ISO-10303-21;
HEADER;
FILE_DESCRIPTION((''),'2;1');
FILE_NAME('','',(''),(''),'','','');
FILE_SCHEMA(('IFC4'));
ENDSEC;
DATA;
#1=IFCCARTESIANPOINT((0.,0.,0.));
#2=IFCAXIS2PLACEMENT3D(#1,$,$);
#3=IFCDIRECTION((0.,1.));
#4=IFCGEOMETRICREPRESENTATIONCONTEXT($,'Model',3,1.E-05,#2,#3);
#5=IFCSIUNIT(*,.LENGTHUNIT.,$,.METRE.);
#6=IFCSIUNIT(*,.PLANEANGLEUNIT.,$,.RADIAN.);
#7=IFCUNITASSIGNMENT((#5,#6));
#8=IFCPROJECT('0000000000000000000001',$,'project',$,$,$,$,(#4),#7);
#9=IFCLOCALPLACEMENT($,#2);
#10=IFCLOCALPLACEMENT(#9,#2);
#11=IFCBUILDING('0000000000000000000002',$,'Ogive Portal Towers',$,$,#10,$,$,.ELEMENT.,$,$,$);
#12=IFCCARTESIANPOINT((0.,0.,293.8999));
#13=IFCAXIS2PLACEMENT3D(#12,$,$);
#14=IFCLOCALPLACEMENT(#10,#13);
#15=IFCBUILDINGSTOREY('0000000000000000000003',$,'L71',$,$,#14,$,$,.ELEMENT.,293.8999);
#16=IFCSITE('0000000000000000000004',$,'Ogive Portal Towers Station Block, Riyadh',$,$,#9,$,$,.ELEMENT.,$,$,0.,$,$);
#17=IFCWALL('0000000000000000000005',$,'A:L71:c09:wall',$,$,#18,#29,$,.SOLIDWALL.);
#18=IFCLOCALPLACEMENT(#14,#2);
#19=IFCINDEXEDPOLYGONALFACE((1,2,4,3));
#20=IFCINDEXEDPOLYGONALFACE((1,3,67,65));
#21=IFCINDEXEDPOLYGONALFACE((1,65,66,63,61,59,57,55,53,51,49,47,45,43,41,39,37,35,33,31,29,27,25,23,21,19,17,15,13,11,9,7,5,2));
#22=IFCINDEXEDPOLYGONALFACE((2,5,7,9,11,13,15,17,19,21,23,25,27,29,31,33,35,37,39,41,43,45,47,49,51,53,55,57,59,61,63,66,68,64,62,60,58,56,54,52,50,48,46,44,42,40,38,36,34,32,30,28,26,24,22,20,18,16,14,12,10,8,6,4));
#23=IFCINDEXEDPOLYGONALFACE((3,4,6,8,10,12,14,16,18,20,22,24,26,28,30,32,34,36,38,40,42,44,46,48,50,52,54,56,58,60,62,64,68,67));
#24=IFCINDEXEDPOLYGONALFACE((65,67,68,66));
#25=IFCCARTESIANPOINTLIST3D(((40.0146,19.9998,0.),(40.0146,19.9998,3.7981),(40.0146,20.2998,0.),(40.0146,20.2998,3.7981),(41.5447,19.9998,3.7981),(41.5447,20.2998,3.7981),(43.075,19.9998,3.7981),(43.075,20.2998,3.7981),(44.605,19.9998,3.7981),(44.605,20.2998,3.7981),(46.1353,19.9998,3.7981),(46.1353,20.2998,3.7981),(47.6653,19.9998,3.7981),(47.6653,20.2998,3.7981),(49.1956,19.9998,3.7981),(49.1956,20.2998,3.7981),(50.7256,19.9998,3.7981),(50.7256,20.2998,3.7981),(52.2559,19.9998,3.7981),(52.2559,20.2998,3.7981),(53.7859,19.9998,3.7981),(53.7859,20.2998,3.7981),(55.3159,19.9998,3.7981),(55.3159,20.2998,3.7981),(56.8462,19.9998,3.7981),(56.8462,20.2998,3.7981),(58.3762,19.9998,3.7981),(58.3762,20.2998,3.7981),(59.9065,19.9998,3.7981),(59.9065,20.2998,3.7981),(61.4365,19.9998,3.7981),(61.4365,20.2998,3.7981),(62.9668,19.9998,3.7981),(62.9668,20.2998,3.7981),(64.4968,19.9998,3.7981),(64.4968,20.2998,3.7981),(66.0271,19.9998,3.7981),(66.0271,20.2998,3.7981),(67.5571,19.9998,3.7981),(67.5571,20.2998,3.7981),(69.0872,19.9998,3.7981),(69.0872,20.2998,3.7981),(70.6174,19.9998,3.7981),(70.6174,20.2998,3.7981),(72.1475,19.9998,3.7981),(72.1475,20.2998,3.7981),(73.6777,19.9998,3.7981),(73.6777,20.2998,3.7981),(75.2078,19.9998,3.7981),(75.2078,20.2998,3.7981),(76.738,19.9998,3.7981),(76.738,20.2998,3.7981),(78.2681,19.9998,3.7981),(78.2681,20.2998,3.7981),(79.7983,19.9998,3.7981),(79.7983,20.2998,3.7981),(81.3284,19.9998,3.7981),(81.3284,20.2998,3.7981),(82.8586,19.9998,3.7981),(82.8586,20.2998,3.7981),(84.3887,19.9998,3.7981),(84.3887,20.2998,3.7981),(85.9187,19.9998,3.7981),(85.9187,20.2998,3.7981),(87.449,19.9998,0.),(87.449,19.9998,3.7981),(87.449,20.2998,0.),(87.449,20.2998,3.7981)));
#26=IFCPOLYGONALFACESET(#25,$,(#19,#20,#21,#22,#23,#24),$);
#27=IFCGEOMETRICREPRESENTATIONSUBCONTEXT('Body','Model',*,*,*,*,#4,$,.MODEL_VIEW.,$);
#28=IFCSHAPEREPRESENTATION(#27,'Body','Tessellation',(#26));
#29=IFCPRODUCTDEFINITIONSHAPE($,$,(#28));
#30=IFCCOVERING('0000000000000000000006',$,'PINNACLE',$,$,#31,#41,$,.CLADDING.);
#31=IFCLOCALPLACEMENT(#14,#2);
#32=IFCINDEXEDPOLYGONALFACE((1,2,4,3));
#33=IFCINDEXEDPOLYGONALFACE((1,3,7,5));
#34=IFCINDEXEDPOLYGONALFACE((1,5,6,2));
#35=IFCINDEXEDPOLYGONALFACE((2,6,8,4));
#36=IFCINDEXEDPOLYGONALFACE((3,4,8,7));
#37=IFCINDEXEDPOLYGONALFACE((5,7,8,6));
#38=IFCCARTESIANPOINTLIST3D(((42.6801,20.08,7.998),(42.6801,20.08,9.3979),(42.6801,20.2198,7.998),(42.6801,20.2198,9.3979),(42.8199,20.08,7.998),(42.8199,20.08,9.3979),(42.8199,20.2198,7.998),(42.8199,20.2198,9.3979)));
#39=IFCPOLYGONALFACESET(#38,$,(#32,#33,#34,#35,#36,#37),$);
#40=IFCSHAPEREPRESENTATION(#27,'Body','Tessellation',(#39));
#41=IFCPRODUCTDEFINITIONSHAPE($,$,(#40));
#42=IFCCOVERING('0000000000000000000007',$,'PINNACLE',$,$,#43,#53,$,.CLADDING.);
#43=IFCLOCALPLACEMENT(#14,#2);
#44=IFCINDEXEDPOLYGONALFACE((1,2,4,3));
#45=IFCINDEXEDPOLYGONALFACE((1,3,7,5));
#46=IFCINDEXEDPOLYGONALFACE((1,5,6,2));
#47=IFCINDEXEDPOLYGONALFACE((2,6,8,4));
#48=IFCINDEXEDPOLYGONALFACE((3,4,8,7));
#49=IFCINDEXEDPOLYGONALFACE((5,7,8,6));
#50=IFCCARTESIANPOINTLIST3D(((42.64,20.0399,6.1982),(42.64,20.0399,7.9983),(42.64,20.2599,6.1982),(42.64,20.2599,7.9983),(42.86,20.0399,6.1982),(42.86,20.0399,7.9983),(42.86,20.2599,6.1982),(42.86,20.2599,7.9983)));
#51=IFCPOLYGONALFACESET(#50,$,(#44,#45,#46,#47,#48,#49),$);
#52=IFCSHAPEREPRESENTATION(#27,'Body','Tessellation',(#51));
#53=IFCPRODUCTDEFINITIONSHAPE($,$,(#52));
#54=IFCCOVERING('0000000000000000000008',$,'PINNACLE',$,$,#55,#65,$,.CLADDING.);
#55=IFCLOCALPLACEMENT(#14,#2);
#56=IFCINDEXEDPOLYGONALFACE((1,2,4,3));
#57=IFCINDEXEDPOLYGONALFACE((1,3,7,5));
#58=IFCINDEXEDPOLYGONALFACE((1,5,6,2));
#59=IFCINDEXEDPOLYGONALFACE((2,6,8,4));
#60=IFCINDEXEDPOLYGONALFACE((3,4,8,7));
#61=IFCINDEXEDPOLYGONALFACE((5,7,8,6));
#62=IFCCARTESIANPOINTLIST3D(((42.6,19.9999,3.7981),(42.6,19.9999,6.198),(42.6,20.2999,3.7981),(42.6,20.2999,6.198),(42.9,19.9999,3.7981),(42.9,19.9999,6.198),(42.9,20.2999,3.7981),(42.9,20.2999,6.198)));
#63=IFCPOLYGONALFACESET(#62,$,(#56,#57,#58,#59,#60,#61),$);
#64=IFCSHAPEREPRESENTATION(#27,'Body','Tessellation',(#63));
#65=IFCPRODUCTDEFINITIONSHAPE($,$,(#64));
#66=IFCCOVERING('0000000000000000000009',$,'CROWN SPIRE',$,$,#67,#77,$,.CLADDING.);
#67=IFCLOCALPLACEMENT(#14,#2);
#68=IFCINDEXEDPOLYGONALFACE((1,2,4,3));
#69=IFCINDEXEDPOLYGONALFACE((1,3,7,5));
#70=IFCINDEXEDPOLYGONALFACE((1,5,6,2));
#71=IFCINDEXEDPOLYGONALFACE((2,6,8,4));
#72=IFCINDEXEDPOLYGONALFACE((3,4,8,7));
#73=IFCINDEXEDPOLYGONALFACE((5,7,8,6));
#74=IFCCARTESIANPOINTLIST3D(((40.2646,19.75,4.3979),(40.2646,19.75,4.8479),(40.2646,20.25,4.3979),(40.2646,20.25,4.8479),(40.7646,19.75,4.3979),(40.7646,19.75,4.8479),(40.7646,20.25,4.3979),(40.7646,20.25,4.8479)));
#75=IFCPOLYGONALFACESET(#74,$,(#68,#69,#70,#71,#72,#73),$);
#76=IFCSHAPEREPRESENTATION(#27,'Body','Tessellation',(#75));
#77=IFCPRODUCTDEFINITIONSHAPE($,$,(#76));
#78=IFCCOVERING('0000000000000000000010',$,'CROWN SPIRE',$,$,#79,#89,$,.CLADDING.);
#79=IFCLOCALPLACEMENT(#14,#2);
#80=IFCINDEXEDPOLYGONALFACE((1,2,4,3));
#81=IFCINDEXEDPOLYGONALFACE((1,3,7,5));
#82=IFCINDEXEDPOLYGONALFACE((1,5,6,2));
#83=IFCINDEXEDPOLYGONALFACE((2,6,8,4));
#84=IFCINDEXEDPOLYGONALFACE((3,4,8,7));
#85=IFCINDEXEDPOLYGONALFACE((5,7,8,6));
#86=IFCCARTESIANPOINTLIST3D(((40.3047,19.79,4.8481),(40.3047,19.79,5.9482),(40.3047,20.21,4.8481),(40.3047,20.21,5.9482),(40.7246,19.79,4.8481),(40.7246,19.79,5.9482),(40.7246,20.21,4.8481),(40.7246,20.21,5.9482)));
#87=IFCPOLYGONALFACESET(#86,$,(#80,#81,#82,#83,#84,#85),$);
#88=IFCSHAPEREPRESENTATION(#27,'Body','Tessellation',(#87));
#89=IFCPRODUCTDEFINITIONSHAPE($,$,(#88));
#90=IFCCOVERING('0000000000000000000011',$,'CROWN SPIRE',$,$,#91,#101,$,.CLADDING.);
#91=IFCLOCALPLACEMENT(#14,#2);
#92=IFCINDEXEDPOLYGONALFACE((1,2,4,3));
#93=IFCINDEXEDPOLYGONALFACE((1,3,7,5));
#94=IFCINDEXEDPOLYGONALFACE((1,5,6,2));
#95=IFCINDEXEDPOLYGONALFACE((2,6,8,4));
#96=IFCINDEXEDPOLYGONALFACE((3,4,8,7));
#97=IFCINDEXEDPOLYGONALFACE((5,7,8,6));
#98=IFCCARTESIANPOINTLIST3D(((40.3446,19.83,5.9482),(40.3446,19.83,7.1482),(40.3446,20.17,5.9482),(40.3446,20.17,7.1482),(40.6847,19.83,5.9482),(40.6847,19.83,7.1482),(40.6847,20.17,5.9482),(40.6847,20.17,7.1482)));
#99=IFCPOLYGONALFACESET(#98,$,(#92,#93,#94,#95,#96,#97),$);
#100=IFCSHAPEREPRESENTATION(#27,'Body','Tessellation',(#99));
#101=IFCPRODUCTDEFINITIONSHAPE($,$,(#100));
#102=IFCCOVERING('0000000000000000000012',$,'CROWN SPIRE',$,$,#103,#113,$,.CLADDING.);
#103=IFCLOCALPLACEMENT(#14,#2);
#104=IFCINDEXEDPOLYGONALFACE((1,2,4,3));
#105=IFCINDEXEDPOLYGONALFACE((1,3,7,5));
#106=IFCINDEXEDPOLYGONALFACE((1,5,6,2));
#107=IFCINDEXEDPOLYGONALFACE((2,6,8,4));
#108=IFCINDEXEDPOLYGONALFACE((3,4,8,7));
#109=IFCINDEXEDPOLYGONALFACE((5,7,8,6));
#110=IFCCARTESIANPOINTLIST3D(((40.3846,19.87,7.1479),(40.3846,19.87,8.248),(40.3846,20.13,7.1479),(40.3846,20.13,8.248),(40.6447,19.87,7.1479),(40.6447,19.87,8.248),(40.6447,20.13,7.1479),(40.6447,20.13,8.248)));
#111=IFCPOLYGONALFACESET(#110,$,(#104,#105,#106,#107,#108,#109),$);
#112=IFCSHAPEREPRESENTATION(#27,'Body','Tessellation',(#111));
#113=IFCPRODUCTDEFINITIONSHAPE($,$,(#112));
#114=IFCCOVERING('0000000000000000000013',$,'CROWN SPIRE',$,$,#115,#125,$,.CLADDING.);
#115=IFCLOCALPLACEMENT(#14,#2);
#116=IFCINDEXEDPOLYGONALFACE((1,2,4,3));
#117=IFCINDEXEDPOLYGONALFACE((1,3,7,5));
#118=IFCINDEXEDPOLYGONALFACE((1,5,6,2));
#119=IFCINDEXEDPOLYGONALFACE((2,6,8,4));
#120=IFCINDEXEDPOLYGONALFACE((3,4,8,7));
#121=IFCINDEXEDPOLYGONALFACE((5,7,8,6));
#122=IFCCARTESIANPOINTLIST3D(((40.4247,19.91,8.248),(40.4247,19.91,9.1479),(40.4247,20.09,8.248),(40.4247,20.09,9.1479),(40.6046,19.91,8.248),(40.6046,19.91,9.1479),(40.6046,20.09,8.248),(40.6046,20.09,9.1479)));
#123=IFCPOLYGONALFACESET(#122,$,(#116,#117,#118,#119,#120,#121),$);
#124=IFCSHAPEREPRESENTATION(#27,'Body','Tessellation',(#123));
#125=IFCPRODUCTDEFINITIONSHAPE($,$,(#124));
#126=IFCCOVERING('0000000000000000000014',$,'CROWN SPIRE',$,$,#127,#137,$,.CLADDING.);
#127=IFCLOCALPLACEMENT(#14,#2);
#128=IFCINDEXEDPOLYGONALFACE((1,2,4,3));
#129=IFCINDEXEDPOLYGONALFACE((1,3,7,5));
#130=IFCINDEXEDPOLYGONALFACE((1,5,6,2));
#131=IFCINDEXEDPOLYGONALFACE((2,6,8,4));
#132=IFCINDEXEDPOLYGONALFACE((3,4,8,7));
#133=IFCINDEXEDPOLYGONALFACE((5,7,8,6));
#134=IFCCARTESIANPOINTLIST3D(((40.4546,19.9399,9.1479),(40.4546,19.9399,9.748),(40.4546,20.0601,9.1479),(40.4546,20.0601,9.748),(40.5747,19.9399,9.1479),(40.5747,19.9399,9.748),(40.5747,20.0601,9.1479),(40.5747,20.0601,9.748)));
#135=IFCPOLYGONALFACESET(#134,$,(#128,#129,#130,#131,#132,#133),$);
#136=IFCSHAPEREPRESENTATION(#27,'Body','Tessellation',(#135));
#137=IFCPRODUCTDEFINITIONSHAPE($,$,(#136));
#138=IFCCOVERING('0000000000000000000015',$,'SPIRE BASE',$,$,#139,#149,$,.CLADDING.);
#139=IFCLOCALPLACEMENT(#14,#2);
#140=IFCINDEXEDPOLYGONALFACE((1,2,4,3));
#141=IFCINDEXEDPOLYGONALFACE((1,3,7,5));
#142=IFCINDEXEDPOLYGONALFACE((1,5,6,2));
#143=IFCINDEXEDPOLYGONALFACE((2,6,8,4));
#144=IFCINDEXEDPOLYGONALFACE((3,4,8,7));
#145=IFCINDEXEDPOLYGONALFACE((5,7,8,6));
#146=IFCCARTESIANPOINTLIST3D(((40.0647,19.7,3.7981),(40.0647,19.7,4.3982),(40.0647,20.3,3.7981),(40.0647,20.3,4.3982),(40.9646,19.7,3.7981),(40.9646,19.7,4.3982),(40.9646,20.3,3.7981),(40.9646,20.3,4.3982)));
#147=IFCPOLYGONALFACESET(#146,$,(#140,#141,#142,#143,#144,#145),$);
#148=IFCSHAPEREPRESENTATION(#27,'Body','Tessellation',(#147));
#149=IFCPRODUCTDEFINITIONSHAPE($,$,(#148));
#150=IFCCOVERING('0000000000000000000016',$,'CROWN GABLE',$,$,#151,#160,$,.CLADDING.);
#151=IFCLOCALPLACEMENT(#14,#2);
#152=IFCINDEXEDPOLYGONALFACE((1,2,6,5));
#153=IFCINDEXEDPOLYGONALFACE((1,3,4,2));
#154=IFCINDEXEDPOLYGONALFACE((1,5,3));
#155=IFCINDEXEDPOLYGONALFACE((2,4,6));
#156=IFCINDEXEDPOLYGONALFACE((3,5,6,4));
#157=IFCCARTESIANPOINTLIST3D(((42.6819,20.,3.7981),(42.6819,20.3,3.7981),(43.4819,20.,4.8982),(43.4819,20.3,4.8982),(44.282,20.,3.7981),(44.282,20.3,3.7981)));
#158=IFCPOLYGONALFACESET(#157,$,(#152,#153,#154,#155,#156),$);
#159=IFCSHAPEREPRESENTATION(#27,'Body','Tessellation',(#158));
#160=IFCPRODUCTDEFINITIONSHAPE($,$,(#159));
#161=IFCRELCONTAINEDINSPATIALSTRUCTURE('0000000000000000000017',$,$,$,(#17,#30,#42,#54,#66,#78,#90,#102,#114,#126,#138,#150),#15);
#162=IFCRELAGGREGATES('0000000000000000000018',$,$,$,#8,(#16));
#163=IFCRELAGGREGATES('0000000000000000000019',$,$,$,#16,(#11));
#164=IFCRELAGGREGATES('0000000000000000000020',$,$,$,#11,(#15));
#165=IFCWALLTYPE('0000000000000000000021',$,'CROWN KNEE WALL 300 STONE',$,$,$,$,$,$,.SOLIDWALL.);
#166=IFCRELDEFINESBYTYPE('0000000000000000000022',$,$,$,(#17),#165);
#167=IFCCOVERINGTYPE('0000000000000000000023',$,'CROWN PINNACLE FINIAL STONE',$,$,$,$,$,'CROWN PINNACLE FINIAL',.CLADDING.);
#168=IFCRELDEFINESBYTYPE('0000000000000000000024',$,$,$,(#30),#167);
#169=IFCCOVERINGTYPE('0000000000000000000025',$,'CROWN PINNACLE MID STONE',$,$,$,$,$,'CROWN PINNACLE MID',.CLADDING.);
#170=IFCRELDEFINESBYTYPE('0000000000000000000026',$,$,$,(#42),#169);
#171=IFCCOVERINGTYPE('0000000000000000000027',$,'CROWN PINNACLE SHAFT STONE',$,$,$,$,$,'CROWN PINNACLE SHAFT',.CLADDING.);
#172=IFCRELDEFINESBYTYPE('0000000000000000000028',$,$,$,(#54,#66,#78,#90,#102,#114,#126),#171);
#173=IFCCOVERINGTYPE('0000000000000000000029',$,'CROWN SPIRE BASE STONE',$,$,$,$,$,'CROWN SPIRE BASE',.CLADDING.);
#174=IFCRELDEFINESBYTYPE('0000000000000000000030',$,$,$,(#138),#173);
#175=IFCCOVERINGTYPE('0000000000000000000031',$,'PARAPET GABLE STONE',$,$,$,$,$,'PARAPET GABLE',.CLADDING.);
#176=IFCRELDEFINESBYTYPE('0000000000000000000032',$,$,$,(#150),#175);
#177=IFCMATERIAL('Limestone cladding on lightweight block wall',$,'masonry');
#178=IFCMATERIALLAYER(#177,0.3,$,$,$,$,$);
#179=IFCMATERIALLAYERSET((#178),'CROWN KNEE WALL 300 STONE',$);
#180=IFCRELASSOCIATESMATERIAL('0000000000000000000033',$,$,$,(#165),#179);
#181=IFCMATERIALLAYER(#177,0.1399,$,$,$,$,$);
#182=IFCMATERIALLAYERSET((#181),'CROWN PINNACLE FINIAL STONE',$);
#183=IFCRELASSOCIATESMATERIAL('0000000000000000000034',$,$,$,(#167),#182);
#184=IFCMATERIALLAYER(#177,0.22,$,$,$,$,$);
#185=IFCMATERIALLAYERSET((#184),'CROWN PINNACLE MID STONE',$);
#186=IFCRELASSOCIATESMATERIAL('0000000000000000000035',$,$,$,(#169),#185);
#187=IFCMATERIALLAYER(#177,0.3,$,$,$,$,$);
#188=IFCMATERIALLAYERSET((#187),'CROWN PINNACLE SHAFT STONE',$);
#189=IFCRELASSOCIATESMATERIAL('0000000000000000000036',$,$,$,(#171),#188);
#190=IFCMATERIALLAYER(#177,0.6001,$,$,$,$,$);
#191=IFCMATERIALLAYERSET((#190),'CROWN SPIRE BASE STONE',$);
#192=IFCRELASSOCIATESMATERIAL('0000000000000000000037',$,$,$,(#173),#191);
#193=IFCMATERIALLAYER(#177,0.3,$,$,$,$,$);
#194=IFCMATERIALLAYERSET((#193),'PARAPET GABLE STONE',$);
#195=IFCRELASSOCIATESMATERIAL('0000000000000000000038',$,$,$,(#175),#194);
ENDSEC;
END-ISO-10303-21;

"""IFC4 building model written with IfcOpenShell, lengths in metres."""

from ifc_helpers import new_model, si_unit, direction, frame, origin, origin_2d, place, context, subcontext, project, spatial, polyline, rectangle, outline, extrude, material, layer, layer_set, type_object, element, save


model = new_model("IFC4")

# Units and contexts
model_context = context("Model", 3, precision=1e-05, world=origin(), true_north=direction((0.0, 1.0)))
body_context = subcontext(model_context, "Body", "Model", "MODEL_VIEW")
ifc_project = project(units=[si_unit("LENGTHUNIT", "METRE"), si_unit("PLANEANGLEUNIT", "RADIAN")], contexts=[model_context])

# Site, building, storey
site_placement = place(None, origin())
site = spatial("IfcSite", under=ifc_project, at=site_placement, Name="Ogive Portal Towers Station Block, Riyadh", CompositionType="ELEMENT", RefElevation=0.0)
building_placement = place(site_placement, origin())
building = spatial("IfcBuilding", under=site, at=building_placement, Name="Ogive Portal Towers", CompositionType="ELEMENT")
storey_placement = place(building_placement, frame((0.0, 0.0, 293.8999)))
storey = spatial("IfcBuildingStorey", under=building, at=storey_placement, Name="L71", CompositionType="ELEMENT", Elevation=293.8999)

# Wall
ifc_material_1 = material(Name="Limestone cladding on lightweight block wall", Category="masonry")
ifc_layer_1 = layer(ifc_material_1, 0.3)
ifc_layer_set_1 = layer_set([ifc_layer_1], Name="CROWN KNEE WALL 300 STONE")
wall_type_1 = type_object("IfcWallType", Name="CROWN KNEE WALL 300 STONE", PredefinedType="SOLIDWALL", material=ifc_layer_set_1)
wall_1_placement = place(storey_placement, frame((40.0146, 20.1499, 0.0), z_axis=(0.0, 0.0, 1.0), x_axis=(1.0, 0.0, 0.0)))
element("IfcWall", 1, at=wall_1_placement, inside=storey, type_object=wall_type_1, Name="A:L71:c09:wall", PredefinedType="SOLIDWALL", context=body_context, shape_type="SweptSolid", body=[
    extrude(outline(polyline([(0.0, 0.0), (47.4343, 0.0), (47.4343, 3.7981), (45.9041, 3.7981), (44.374, 3.7981), (42.844, 3.7981), (41.3137, 3.7981), (39.7837, 3.7981), (38.2534, 3.7981), (36.7234, 3.7981), (35.1931, 3.7981), (33.6631, 3.7981), (32.1328, 3.7981), (30.6028, 3.7981), (29.0725, 3.7981), (27.5425, 3.7981), (26.0125, 3.7981), (24.4822, 3.7981), (22.9521, 3.7981), (21.4219, 3.7981), (19.8918, 3.7981), (18.3616, 3.7981), (16.8315, 3.7981), (15.3013, 3.7981), (13.7712, 3.7981), (12.2412, 3.7981), (10.7109, 3.7981), (9.1809, 3.7981), (7.6506, 3.7981), (6.1206, 3.7981), (4.5903, 3.7981), (3.0603, 3.7981), (1.53, 3.7981), (0.0, 3.7981), (0.0, 0.0)])), frame((0.0, 0.1499, 0.0), z_axis=(0.0, -1.0, 0.0), x_axis=(1.0, 0.0, 0.0)), (0.0, 0.0, 1.0), 0.3),
])

# Coverings
ifc_layer_2 = layer(ifc_material_1, 0.1399)
ifc_layer_set_2 = layer_set([ifc_layer_2], Name="CROWN PINNACLE FINIAL STONE")
covering_type_1 = type_object("IfcCoveringType", Name="CROWN PINNACLE FINIAL STONE", ElementType="CROWN PINNACLE FINIAL", PredefinedType="CLADDING", material=ifc_layer_set_2)
covering_1_placement = place(storey_placement, frame((42.75, 20.1499, 7.998), z_axis=(0.0, 0.0, 1.0), x_axis=(1.0, 0.0, 0.0)))
element("IfcCovering", 2, at=covering_1_placement, inside=storey, type_object=covering_type_1, Name="PINNACLE", PredefinedType="CLADDING", context=body_context, shape_type="SweptSolid", body=[
    extrude(rectangle(XDim=0.1399, YDim=0.1399, at=origin_2d()), origin(), (0.0, 0.0, 1.0), 1.3999),
])
ifc_layer_3 = layer(ifc_material_1, 0.22)
ifc_layer_set_3 = layer_set([ifc_layer_3], Name="CROWN PINNACLE MID STONE")
covering_type_2 = type_object("IfcCoveringType", Name="CROWN PINNACLE MID STONE", ElementType="CROWN PINNACLE MID", PredefinedType="CLADDING", material=ifc_layer_set_3)
covering_2_placement = place(storey_placement, frame((42.75, 20.1499, 6.1982), z_axis=(0.0, 0.0, 1.0), x_axis=(1.0, 0.0, 0.0)))
element("IfcCovering", 3, at=covering_2_placement, inside=storey, type_object=covering_type_2, Name="PINNACLE", PredefinedType="CLADDING", context=body_context, shape_type="SweptSolid", body=[
    extrude(rectangle(XDim=0.22, YDim=0.22, at=origin_2d()), origin(), (0.0, 0.0, 1.0), 1.8),
])
ifc_layer_4 = layer(ifc_material_1, 0.3)
ifc_layer_set_4 = layer_set([ifc_layer_4], Name="CROWN PINNACLE SHAFT STONE")
covering_type_3 = type_object("IfcCoveringType", Name="CROWN PINNACLE SHAFT STONE", ElementType="CROWN PINNACLE SHAFT", PredefinedType="CLADDING", material=ifc_layer_set_4)
covering_3_placement = place(storey_placement, frame((42.75, 20.1499, 3.7981), z_axis=(0.0, 0.0, 1.0), x_axis=(1.0, 0.0, 0.0)))
element("IfcCovering", 4, at=covering_3_placement, inside=storey, type_object=covering_type_3, Name="PINNACLE", PredefinedType="CLADDING", context=body_context, shape_type="SweptSolid", body=[
    extrude(rectangle(XDim=0.3, YDim=0.3, at=origin_2d()), origin(), (0.0, 0.0, 1.0), 2.3999),
])
covering_4_placement = place(storey_placement, frame((40.5146, 20.0, 4.3979), z_axis=(0.0, 0.0, 1.0), x_axis=(1.0, 0.0, 0.0)))
element("IfcCovering", 5, at=covering_4_placement, inside=storey, type_object=covering_type_3, Name="CROWN SPIRE", PredefinedType="CLADDING", context=body_context, shape_type="SweptSolid", body=[
    extrude(rectangle(XDim=0.5, YDim=0.5, at=origin_2d()), origin(), (0.0, 0.0, 1.0), 0.45),
])
covering_5_placement = place(storey_placement, frame((40.5146, 20.0, 4.8481), z_axis=(0.0, 0.0, 1.0), x_axis=(1.0, 0.0, 0.0)))
element("IfcCovering", 6, at=covering_5_placement, inside=storey, type_object=covering_type_3, Name="CROWN SPIRE", PredefinedType="CLADDING", context=body_context, shape_type="SweptSolid", body=[
    extrude(rectangle(XDim=0.4199, YDim=0.4199, at=origin_2d()), origin(), (0.0, 0.0, 1.0), 1.1001),
])
covering_6_placement = place(storey_placement, frame((40.5146, 20.0, 5.9482), z_axis=(0.0, 0.0, 1.0), x_axis=(1.0, 0.0, 0.0)))
element("IfcCovering", 7, at=covering_6_placement, inside=storey, type_object=covering_type_3, Name="CROWN SPIRE", PredefinedType="CLADDING", context=body_context, shape_type="SweptSolid", body=[
    extrude(rectangle(XDim=0.3401, YDim=0.3401, at=origin_2d()), origin(), (0.0, 0.0, 1.0), 1.2),
])
covering_7_placement = place(storey_placement, frame((40.5146, 20.0, 7.1479), z_axis=(0.0, 0.0, 1.0), x_axis=(1.0, 0.0, 0.0)))
element("IfcCovering", 8, at=covering_7_placement, inside=storey, type_object=covering_type_3, Name="CROWN SPIRE", PredefinedType="CLADDING", context=body_context, shape_type="SweptSolid", body=[
    extrude(rectangle(XDim=0.26, YDim=0.26, at=origin_2d()), origin(), (0.0, 0.0, 1.0), 1.1001),
])
covering_8_placement = place(storey_placement, frame((40.5146, 20.0, 8.248), z_axis=(0.0, 0.0, 1.0), x_axis=(1.0, 0.0, 0.0)))
element("IfcCovering", 9, at=covering_8_placement, inside=storey, type_object=covering_type_3, Name="CROWN SPIRE", PredefinedType="CLADDING", context=body_context, shape_type="SweptSolid", body=[
    extrude(rectangle(XDim=0.1799, YDim=0.1799, at=origin_2d()), origin(), (0.0, 0.0, 1.0), 0.8999),
])
covering_9_placement = place(storey_placement, frame((40.5146, 20.0, 9.1479), z_axis=(0.0, 0.0, 1.0), x_axis=(1.0, 0.0, 0.0)))
element("IfcCovering", 10, at=covering_9_placement, inside=storey, type_object=covering_type_3, Name="CROWN SPIRE", PredefinedType="CLADDING", context=body_context, shape_type="SweptSolid", body=[
    extrude(rectangle(XDim=0.1201, YDim=0.1201, at=origin_2d()), origin(), (0.0, 0.0, 1.0), 0.6001),
])
ifc_layer_5 = layer(ifc_material_1, 0.6001)
ifc_layer_set_5 = layer_set([ifc_layer_5], Name="CROWN SPIRE BASE STONE")
covering_type_4 = type_object("IfcCoveringType", Name="CROWN SPIRE BASE STONE", ElementType="CROWN SPIRE BASE", PredefinedType="CLADDING", material=ifc_layer_set_5)
covering_10_placement = place(storey_placement, frame((40.5146, 20.0, 3.7981), z_axis=(0.0, 0.0, 1.0), x_axis=(1.0, 0.0, 0.0)))
element("IfcCovering", 11, at=covering_10_placement, inside=storey, type_object=covering_type_4, Name="SPIRE BASE", PredefinedType="CLADDING", context=body_context, shape_type="SweptSolid", body=[
    extrude(rectangle(XDim=0.8999, YDim=0.6001, at=origin_2d()), origin(), (0.0, 0.0, 1.0), 0.6001),
])
ifc_layer_6 = layer(ifc_material_1, 0.3)
ifc_layer_set_6 = layer_set([ifc_layer_6], Name="PARAPET GABLE STONE")
covering_type_5 = type_object("IfcCoveringType", Name="PARAPET GABLE STONE", ElementType="PARAPET GABLE", PredefinedType="CLADDING", material=ifc_layer_set_6)
covering_11_placement = place(storey_placement, frame((42.6819, 20.0, 3.7981), z_axis=(0.0, -1.0, 0.0), x_axis=(1.0, 0.0, 0.0)))
element("IfcCovering", 12, at=covering_11_placement, inside=storey, type_object=covering_type_5, Name="CROWN GABLE", PredefinedType="CLADDING", context=body_context, shape_type="SweptSolid", body=[
    extrude(outline(polyline([(0.0, 0.0), (1.6001, 0.0), (0.8, 1.1001), (0.0, 0.0)])), origin(), (0.0, 0.0, -1.0), 0.3),
])

save(model, "model.ifc")
